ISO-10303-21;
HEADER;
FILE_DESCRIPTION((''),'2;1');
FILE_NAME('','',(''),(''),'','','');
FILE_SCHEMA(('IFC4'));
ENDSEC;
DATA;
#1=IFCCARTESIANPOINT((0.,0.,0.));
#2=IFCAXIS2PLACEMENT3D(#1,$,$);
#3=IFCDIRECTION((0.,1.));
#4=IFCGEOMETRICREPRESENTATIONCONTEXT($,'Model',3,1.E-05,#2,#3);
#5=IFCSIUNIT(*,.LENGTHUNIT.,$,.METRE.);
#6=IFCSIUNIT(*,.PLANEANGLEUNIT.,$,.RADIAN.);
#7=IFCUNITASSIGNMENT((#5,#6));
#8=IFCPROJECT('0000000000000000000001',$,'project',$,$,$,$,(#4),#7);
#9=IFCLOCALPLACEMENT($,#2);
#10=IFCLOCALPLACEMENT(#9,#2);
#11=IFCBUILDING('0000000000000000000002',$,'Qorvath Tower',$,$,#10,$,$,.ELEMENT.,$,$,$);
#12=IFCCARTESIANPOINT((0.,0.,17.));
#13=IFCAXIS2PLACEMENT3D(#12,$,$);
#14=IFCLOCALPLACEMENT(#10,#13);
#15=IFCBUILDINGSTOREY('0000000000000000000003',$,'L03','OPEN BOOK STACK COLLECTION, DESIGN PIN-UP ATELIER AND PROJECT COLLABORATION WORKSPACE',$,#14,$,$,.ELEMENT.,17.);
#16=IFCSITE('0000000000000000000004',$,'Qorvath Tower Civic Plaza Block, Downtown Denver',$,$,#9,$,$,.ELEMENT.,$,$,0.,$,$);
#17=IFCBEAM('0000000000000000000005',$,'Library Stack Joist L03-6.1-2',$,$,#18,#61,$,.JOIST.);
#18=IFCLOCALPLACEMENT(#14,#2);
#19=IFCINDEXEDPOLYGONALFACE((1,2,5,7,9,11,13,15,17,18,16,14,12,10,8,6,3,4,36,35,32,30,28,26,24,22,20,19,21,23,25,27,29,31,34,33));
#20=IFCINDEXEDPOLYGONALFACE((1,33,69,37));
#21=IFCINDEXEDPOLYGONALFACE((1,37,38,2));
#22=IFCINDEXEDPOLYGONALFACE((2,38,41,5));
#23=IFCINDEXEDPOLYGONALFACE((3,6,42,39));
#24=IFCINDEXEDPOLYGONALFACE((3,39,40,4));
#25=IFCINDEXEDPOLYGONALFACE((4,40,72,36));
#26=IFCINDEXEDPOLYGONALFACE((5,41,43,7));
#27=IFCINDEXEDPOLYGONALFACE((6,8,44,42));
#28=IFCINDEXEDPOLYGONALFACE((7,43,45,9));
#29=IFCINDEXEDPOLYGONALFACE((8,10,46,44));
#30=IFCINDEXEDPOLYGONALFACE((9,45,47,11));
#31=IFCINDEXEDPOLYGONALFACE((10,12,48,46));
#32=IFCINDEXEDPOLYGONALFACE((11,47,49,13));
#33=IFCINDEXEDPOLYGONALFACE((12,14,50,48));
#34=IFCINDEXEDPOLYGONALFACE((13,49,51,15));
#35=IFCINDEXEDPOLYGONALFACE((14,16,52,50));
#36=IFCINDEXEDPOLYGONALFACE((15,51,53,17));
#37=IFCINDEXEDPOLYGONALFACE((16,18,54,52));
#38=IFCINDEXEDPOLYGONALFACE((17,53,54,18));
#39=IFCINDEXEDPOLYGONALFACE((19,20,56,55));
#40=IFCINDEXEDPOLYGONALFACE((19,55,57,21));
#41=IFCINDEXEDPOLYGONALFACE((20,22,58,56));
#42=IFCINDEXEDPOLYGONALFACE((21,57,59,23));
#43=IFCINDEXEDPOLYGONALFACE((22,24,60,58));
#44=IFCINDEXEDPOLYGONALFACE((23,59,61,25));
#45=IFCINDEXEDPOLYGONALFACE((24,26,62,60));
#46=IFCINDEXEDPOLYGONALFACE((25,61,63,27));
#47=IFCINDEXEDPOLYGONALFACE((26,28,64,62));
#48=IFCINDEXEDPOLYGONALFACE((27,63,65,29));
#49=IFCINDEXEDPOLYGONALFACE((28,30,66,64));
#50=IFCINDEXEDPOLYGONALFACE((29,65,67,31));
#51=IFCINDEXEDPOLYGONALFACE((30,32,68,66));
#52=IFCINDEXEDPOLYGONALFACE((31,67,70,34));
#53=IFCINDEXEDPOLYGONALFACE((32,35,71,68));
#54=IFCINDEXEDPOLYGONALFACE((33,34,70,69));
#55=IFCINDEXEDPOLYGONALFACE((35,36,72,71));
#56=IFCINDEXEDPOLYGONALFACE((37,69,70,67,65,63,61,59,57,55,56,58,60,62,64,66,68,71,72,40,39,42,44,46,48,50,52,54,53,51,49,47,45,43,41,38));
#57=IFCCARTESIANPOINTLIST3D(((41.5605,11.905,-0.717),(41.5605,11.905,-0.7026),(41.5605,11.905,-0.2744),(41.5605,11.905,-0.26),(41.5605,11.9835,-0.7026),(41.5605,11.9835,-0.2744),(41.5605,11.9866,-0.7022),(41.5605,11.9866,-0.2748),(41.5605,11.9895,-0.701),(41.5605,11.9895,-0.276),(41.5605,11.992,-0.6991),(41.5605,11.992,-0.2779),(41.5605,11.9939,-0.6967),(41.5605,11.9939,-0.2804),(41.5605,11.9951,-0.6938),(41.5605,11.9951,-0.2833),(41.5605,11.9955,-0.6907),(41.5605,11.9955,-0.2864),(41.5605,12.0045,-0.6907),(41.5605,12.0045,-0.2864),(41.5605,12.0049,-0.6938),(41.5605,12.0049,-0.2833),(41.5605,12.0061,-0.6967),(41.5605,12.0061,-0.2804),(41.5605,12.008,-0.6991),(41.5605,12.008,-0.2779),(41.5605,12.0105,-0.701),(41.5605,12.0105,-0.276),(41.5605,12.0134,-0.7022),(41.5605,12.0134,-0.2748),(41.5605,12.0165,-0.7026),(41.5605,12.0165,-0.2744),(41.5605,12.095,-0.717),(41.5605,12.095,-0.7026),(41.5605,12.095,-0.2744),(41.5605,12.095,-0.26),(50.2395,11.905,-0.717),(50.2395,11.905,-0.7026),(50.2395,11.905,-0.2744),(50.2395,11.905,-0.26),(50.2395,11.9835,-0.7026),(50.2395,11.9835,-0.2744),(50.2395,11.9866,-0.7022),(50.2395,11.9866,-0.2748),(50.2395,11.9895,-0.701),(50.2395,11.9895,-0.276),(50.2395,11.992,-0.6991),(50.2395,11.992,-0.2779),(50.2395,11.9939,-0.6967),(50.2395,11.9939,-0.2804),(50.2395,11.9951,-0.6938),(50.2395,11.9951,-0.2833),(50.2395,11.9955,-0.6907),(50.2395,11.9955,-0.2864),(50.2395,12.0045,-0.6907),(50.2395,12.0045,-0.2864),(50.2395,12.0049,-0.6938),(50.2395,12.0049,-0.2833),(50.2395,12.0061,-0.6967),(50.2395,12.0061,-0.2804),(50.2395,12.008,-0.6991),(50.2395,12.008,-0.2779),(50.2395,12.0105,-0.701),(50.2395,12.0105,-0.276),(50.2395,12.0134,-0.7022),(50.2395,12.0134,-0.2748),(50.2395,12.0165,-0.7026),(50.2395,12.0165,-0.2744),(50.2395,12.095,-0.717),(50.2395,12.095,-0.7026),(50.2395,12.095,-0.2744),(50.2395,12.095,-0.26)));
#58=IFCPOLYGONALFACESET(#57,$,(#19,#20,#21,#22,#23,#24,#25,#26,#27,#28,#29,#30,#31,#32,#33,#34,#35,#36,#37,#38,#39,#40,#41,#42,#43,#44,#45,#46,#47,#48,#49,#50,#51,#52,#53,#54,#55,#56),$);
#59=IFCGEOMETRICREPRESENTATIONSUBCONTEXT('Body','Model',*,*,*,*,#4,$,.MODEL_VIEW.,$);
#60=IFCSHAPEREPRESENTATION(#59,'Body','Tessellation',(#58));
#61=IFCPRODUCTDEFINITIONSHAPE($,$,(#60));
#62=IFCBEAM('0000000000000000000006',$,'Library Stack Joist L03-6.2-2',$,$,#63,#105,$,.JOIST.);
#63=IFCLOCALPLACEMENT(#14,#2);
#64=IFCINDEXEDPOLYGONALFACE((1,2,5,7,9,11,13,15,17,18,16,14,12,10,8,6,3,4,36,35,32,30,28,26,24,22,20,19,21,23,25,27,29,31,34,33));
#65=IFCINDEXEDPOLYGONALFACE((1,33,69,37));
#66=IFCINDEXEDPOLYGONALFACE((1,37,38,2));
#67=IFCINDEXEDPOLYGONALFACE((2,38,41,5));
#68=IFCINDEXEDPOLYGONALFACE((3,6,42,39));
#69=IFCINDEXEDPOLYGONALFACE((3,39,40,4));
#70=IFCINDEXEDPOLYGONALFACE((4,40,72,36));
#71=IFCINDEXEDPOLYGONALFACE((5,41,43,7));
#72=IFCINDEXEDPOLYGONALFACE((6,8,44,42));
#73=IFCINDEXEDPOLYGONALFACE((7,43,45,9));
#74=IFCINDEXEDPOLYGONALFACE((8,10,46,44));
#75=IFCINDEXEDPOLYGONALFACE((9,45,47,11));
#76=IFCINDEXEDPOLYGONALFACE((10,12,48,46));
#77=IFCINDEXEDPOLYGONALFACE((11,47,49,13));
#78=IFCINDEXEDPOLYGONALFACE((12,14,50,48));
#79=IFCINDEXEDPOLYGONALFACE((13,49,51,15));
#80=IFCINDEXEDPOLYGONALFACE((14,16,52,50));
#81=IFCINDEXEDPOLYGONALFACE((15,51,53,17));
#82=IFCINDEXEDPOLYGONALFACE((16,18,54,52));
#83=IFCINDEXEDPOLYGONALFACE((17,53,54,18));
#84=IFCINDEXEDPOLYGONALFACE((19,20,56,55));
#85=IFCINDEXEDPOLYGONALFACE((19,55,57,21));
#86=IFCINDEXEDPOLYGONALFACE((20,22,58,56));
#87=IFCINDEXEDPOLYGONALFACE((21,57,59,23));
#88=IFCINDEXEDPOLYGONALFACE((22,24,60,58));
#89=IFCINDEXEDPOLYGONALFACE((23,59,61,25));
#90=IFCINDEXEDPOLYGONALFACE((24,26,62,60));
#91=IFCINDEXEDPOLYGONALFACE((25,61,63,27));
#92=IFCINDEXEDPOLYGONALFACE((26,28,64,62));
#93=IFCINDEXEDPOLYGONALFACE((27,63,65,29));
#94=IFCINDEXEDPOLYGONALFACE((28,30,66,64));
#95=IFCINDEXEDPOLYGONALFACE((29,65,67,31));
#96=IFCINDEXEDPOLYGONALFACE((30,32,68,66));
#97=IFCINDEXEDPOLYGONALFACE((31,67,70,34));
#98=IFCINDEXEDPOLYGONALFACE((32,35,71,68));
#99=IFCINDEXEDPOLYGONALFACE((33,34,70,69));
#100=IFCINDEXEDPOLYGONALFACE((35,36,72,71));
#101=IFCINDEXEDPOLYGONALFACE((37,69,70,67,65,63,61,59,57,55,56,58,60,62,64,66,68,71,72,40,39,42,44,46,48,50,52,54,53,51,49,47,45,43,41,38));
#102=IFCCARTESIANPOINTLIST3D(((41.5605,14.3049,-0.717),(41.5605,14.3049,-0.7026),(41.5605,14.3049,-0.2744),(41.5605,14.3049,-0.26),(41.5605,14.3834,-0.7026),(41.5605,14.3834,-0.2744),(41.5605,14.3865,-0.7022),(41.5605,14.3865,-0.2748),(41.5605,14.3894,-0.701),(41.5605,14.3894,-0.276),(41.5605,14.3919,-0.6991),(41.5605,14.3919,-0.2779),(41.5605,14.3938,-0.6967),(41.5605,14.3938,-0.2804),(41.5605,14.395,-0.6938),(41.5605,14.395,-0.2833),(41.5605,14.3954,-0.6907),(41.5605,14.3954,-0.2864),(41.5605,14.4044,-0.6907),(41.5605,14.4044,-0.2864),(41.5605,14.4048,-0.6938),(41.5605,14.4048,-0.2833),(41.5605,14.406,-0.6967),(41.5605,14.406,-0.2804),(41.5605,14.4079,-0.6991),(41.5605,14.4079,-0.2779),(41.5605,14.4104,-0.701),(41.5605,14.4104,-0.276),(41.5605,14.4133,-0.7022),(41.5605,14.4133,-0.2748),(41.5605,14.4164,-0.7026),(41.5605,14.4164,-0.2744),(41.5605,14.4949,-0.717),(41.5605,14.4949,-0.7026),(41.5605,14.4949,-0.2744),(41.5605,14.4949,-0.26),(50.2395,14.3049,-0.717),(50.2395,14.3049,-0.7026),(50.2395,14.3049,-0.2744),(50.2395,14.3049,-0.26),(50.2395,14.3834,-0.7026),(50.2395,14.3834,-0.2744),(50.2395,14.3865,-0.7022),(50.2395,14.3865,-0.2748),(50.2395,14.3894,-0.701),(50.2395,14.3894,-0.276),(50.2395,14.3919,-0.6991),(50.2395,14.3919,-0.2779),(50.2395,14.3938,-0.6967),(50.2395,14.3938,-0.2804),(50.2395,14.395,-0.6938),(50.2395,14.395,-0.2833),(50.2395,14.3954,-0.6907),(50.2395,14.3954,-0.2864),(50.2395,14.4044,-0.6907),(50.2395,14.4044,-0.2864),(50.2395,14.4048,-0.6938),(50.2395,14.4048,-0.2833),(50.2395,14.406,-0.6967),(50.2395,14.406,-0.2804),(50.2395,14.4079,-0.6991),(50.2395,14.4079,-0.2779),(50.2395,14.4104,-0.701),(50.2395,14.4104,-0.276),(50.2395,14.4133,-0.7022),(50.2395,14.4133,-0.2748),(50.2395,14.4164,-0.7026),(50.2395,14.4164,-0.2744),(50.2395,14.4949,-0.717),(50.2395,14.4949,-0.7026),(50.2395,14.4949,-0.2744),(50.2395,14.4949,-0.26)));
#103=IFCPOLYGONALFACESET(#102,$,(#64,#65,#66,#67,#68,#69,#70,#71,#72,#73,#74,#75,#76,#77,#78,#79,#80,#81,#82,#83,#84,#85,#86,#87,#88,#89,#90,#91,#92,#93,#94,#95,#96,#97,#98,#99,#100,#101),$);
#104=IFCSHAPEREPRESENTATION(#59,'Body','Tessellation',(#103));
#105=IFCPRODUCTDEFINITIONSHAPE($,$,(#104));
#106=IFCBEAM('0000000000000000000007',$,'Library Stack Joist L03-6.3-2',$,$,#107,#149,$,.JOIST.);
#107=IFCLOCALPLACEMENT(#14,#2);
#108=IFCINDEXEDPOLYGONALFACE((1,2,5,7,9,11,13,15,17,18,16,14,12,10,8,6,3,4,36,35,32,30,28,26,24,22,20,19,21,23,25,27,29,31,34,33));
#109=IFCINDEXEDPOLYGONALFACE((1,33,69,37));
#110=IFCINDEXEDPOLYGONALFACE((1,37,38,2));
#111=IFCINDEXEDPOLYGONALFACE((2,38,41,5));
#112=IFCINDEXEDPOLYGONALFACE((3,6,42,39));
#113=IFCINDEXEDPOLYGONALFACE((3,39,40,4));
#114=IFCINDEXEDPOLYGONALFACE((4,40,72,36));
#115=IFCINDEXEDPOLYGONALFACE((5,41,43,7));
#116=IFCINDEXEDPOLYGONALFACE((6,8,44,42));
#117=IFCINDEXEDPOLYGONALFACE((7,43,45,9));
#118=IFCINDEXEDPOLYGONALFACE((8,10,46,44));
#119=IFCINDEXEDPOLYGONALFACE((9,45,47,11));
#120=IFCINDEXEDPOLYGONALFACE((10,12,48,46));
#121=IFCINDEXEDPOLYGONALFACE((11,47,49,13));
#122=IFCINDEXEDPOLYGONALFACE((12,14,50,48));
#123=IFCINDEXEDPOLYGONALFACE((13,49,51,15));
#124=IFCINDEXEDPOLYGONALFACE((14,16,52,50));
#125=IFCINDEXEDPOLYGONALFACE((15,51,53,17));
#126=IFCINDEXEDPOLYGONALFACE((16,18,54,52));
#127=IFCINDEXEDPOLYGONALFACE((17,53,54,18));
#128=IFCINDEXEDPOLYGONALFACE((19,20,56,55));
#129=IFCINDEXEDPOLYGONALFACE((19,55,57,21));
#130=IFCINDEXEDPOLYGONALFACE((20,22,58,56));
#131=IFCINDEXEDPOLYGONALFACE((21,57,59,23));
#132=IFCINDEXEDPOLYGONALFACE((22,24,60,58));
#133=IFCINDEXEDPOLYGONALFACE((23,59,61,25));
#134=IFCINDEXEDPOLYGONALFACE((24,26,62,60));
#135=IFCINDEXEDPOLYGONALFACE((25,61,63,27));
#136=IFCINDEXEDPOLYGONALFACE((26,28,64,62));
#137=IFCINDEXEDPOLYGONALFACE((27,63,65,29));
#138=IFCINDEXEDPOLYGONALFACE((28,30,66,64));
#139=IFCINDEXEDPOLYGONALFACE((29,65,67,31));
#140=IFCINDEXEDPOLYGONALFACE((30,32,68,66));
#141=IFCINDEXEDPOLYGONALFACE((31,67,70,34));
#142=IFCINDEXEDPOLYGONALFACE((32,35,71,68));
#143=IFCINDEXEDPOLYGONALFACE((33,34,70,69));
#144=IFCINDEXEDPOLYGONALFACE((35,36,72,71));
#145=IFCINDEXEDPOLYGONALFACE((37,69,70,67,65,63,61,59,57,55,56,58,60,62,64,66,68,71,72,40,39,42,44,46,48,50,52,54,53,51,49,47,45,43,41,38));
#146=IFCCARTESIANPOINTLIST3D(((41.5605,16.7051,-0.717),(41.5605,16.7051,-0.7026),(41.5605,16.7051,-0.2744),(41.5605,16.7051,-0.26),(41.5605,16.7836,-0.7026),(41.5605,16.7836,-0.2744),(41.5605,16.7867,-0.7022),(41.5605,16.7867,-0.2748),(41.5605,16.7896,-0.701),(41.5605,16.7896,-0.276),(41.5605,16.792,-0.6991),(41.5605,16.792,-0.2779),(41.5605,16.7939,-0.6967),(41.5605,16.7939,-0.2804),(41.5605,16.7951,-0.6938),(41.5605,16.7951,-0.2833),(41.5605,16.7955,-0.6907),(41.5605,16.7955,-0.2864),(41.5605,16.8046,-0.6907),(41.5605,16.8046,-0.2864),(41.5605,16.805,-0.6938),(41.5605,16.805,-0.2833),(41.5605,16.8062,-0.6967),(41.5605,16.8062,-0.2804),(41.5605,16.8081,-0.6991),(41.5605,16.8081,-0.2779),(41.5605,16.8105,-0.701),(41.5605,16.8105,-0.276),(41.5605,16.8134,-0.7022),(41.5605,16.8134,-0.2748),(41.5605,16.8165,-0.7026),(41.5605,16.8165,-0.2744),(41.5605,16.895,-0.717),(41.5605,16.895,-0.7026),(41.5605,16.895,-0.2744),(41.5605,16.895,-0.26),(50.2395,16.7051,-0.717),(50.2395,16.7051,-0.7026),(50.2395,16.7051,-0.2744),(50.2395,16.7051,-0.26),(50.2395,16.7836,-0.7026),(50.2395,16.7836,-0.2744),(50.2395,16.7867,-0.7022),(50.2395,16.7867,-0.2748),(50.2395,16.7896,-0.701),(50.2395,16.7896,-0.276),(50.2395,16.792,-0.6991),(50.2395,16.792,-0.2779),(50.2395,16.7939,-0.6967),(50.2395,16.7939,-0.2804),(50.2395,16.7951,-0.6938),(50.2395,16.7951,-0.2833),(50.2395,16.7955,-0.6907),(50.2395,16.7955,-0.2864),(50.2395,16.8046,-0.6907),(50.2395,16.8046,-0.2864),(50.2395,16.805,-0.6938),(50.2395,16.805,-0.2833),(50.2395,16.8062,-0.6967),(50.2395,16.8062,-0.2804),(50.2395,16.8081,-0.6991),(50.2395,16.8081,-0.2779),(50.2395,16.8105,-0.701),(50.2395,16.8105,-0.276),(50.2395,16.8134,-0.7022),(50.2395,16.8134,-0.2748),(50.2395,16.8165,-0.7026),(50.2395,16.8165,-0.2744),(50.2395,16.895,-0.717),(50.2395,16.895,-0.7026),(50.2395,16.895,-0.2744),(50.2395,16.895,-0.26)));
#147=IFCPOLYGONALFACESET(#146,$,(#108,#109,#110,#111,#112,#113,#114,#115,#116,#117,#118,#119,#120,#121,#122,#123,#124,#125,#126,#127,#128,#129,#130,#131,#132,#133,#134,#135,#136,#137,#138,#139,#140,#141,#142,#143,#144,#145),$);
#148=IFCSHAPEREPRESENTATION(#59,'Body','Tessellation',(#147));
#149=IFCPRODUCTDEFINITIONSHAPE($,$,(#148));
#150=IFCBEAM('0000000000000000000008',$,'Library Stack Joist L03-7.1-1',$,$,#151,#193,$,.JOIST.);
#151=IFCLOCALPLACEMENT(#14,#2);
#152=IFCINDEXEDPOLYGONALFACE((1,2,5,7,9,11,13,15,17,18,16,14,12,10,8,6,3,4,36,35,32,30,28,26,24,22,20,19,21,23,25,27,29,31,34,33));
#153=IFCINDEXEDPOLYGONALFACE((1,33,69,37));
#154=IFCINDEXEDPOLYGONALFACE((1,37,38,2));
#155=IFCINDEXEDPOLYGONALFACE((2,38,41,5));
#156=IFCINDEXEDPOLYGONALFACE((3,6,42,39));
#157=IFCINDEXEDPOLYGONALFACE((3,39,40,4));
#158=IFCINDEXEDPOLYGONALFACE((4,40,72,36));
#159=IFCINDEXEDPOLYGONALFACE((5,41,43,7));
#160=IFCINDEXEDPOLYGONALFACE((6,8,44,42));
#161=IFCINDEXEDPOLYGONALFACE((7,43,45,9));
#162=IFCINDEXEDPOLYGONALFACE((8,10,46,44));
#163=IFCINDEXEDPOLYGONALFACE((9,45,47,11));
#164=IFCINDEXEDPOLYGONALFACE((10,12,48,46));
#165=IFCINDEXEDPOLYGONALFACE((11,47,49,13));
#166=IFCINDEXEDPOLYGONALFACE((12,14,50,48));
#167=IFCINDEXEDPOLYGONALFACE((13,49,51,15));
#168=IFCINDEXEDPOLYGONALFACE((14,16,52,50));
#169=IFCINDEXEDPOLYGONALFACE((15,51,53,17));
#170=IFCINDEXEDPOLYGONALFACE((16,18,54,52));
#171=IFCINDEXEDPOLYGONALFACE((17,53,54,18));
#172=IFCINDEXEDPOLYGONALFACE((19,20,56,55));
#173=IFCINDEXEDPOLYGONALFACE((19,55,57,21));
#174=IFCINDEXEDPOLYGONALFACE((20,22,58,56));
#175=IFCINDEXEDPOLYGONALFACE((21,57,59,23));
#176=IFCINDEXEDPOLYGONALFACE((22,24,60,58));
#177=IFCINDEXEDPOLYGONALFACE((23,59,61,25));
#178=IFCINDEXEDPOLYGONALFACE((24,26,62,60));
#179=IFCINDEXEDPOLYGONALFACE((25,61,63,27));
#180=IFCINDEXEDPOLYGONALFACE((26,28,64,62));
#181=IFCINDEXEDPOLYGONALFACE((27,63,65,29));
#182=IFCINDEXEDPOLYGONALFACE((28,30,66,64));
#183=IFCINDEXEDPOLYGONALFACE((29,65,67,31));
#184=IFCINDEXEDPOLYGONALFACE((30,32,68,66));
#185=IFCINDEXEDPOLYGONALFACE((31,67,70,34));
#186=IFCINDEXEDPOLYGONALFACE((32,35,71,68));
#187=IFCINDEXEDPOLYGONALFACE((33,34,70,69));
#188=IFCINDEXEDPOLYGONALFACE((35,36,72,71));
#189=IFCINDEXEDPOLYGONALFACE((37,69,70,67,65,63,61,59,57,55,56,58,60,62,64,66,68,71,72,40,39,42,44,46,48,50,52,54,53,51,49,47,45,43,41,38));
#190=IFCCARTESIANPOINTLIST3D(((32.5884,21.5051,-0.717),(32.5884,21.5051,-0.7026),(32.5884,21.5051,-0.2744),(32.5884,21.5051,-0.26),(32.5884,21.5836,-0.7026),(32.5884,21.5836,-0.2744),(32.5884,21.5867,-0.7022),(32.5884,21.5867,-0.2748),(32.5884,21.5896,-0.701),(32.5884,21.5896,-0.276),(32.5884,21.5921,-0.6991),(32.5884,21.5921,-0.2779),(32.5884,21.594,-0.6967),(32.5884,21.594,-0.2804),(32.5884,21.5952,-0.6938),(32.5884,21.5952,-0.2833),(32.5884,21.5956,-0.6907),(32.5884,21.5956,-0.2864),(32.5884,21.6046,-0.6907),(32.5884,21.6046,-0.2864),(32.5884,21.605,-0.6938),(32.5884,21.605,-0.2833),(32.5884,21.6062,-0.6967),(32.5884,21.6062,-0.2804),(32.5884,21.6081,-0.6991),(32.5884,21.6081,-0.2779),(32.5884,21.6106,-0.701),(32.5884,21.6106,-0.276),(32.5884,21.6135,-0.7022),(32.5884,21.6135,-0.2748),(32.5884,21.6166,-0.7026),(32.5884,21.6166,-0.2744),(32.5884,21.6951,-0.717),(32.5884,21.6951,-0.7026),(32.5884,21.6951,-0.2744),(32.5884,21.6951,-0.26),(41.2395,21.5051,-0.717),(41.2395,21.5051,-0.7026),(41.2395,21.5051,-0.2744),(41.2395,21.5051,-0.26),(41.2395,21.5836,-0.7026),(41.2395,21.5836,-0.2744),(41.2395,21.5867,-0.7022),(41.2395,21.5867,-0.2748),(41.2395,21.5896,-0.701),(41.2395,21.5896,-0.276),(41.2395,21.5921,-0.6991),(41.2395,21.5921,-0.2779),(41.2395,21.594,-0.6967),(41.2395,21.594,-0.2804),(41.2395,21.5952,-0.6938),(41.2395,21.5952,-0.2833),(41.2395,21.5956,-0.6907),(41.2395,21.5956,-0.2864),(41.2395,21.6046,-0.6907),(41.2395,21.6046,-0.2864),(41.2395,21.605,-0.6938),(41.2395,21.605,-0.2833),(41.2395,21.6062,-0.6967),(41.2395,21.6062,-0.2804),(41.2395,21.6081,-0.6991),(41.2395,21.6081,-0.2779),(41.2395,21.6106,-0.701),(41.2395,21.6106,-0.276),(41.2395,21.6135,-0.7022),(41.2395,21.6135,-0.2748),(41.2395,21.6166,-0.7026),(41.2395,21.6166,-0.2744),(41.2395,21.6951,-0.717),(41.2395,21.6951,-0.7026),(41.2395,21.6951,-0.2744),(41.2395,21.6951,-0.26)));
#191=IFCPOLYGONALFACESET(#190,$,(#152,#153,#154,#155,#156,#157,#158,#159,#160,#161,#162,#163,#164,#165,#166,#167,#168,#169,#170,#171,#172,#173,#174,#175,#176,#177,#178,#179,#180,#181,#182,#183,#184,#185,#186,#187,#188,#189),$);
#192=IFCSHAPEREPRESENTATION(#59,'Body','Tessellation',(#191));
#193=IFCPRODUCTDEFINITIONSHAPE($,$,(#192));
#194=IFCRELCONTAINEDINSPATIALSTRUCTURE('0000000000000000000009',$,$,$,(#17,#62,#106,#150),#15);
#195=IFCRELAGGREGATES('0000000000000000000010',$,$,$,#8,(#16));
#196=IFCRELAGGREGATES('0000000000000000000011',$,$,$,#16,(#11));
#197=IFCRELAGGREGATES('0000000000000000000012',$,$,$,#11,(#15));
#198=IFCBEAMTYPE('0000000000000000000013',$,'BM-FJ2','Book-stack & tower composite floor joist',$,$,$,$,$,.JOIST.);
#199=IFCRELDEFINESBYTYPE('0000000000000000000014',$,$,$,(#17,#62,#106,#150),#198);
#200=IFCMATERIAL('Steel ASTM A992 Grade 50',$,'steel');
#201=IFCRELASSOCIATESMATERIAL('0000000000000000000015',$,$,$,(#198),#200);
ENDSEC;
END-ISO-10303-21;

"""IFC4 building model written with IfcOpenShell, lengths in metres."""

from ifc_helpers import new_model, si_unit, direction, frame, origin, origin_2d, place, context, subcontext, project, spatial, i_section, extrude, material, material_profile, profile_set, type_object, element, save


model = new_model("IFC4")

# Units and contexts
model_context = context("Model", 3, precision=1e-05, world=origin(), true_north=direction((0.0, 1.0)))
body_context = subcontext(model_context, "Body", "Model", "MODEL_VIEW")
ifc_project = project(units=[si_unit("LENGTHUNIT", "METRE"), si_unit("PLANEANGLEUNIT", "RADIAN")], contexts=[model_context])

# Site, building, storey
site_placement = place(None, origin())
site = spatial("IfcSite", under=ifc_project, at=site_placement, Name="Qorvath Tower Civic Plaza Block, Downtown Denver", CompositionType="ELEMENT", RefElevation=0.0)
building_placement = place(site_placement, origin())
building = spatial("IfcBuilding", under=site, at=building_placement, Name="Qorvath Tower", CompositionType="ELEMENT")
storey_placement = place(building_placement, frame((0.0, 0.0, 17.0)))
storey = spatial("IfcBuildingStorey", under=building, at=storey_placement, Name="L03", Description="OPEN BOOK STACK COLLECTION, DESIGN PIN-UP ATELIER AND PROJECT COLLABORATION WORKSPACE", CompositionType="ELEMENT", Elevation=17.0)

# Beams
ifc_material_1 = material(Name="Steel ASTM A992 Grade 50", Category="steel")
ifc_material_profile_1 = material_profile(ifc_material_1, i_section(OverallWidth=0.1899, OverallDepth=0.457, WebThickness=0.009, FlangeThickness=0.0144, FilletRadius=0.012, at=origin_2d()), Name="W18x50")
ifc_profile_set_1 = profile_set([ifc_material_profile_1], Name="Steel ASTM A992 Grade 50")
beam_type_1 = type_object("IfcBeamType", Name="BM-FJ2", Description="Book-stack & tower composite floor joist", PredefinedType="JOIST", material=ifc_profile_set_1)
for number, where, z_axis, x_axis, name in (
    (1, (41.5605, 12.0, -0.4885), (1.0, 0.0, 0.0), (0.0, 1.0, 0.0), "Library Stack Joist L03-6.1-2"),
    (2, (41.5605, 14.3999, -0.4885), (1.0, 0.0, 0.0), (0.0, 1.0, 0.0), "Library Stack Joist L03-6.2-2"),
    (3, (41.5605, 16.8, -0.4885), (1.0, 0.0, 0.0), (0.0, 1.0, 0.0), "Library Stack Joist L03-6.3-2"),
):
    element("IfcBeam", number, at=place(storey_placement, frame(where, z_axis=z_axis, x_axis=x_axis)), inside=storey, type_object=beam_type_1, Name=name, PredefinedType="JOIST", context=body_context, shape_type="SweptSolid", body=[
        extrude(i_section(OverallWidth=0.1899, OverallDepth=0.457, WebThickness=0.009, FlangeThickness=0.0144, FilletRadius=0.012, at=origin_2d()), origin(), (0.0, 0.0, 1.0), 8.679),
    ])
for number, where, z_axis, x_axis, name in (
    (4, (32.5884, 21.6001, -0.4885), (1.0, 0.0, 0.0), (0.0, 1.0, 0.0), "Library Stack Joist L03-7.1-1"),
):
    element("IfcBeam", number, at=place(storey_placement, frame(where, z_axis=z_axis, x_axis=x_axis)), inside=storey, type_object=beam_type_1, Name=name, PredefinedType="JOIST", context=body_context, shape_type="SweptSolid", body=[
        extrude(i_section(OverallWidth=0.1899, OverallDepth=0.457, WebThickness=0.009, FlangeThickness=0.0144, FilletRadius=0.012, at=origin_2d()), origin(), (0.0, 0.0, 1.0), 8.6511),
    ])

save(model, "model.ifc")
